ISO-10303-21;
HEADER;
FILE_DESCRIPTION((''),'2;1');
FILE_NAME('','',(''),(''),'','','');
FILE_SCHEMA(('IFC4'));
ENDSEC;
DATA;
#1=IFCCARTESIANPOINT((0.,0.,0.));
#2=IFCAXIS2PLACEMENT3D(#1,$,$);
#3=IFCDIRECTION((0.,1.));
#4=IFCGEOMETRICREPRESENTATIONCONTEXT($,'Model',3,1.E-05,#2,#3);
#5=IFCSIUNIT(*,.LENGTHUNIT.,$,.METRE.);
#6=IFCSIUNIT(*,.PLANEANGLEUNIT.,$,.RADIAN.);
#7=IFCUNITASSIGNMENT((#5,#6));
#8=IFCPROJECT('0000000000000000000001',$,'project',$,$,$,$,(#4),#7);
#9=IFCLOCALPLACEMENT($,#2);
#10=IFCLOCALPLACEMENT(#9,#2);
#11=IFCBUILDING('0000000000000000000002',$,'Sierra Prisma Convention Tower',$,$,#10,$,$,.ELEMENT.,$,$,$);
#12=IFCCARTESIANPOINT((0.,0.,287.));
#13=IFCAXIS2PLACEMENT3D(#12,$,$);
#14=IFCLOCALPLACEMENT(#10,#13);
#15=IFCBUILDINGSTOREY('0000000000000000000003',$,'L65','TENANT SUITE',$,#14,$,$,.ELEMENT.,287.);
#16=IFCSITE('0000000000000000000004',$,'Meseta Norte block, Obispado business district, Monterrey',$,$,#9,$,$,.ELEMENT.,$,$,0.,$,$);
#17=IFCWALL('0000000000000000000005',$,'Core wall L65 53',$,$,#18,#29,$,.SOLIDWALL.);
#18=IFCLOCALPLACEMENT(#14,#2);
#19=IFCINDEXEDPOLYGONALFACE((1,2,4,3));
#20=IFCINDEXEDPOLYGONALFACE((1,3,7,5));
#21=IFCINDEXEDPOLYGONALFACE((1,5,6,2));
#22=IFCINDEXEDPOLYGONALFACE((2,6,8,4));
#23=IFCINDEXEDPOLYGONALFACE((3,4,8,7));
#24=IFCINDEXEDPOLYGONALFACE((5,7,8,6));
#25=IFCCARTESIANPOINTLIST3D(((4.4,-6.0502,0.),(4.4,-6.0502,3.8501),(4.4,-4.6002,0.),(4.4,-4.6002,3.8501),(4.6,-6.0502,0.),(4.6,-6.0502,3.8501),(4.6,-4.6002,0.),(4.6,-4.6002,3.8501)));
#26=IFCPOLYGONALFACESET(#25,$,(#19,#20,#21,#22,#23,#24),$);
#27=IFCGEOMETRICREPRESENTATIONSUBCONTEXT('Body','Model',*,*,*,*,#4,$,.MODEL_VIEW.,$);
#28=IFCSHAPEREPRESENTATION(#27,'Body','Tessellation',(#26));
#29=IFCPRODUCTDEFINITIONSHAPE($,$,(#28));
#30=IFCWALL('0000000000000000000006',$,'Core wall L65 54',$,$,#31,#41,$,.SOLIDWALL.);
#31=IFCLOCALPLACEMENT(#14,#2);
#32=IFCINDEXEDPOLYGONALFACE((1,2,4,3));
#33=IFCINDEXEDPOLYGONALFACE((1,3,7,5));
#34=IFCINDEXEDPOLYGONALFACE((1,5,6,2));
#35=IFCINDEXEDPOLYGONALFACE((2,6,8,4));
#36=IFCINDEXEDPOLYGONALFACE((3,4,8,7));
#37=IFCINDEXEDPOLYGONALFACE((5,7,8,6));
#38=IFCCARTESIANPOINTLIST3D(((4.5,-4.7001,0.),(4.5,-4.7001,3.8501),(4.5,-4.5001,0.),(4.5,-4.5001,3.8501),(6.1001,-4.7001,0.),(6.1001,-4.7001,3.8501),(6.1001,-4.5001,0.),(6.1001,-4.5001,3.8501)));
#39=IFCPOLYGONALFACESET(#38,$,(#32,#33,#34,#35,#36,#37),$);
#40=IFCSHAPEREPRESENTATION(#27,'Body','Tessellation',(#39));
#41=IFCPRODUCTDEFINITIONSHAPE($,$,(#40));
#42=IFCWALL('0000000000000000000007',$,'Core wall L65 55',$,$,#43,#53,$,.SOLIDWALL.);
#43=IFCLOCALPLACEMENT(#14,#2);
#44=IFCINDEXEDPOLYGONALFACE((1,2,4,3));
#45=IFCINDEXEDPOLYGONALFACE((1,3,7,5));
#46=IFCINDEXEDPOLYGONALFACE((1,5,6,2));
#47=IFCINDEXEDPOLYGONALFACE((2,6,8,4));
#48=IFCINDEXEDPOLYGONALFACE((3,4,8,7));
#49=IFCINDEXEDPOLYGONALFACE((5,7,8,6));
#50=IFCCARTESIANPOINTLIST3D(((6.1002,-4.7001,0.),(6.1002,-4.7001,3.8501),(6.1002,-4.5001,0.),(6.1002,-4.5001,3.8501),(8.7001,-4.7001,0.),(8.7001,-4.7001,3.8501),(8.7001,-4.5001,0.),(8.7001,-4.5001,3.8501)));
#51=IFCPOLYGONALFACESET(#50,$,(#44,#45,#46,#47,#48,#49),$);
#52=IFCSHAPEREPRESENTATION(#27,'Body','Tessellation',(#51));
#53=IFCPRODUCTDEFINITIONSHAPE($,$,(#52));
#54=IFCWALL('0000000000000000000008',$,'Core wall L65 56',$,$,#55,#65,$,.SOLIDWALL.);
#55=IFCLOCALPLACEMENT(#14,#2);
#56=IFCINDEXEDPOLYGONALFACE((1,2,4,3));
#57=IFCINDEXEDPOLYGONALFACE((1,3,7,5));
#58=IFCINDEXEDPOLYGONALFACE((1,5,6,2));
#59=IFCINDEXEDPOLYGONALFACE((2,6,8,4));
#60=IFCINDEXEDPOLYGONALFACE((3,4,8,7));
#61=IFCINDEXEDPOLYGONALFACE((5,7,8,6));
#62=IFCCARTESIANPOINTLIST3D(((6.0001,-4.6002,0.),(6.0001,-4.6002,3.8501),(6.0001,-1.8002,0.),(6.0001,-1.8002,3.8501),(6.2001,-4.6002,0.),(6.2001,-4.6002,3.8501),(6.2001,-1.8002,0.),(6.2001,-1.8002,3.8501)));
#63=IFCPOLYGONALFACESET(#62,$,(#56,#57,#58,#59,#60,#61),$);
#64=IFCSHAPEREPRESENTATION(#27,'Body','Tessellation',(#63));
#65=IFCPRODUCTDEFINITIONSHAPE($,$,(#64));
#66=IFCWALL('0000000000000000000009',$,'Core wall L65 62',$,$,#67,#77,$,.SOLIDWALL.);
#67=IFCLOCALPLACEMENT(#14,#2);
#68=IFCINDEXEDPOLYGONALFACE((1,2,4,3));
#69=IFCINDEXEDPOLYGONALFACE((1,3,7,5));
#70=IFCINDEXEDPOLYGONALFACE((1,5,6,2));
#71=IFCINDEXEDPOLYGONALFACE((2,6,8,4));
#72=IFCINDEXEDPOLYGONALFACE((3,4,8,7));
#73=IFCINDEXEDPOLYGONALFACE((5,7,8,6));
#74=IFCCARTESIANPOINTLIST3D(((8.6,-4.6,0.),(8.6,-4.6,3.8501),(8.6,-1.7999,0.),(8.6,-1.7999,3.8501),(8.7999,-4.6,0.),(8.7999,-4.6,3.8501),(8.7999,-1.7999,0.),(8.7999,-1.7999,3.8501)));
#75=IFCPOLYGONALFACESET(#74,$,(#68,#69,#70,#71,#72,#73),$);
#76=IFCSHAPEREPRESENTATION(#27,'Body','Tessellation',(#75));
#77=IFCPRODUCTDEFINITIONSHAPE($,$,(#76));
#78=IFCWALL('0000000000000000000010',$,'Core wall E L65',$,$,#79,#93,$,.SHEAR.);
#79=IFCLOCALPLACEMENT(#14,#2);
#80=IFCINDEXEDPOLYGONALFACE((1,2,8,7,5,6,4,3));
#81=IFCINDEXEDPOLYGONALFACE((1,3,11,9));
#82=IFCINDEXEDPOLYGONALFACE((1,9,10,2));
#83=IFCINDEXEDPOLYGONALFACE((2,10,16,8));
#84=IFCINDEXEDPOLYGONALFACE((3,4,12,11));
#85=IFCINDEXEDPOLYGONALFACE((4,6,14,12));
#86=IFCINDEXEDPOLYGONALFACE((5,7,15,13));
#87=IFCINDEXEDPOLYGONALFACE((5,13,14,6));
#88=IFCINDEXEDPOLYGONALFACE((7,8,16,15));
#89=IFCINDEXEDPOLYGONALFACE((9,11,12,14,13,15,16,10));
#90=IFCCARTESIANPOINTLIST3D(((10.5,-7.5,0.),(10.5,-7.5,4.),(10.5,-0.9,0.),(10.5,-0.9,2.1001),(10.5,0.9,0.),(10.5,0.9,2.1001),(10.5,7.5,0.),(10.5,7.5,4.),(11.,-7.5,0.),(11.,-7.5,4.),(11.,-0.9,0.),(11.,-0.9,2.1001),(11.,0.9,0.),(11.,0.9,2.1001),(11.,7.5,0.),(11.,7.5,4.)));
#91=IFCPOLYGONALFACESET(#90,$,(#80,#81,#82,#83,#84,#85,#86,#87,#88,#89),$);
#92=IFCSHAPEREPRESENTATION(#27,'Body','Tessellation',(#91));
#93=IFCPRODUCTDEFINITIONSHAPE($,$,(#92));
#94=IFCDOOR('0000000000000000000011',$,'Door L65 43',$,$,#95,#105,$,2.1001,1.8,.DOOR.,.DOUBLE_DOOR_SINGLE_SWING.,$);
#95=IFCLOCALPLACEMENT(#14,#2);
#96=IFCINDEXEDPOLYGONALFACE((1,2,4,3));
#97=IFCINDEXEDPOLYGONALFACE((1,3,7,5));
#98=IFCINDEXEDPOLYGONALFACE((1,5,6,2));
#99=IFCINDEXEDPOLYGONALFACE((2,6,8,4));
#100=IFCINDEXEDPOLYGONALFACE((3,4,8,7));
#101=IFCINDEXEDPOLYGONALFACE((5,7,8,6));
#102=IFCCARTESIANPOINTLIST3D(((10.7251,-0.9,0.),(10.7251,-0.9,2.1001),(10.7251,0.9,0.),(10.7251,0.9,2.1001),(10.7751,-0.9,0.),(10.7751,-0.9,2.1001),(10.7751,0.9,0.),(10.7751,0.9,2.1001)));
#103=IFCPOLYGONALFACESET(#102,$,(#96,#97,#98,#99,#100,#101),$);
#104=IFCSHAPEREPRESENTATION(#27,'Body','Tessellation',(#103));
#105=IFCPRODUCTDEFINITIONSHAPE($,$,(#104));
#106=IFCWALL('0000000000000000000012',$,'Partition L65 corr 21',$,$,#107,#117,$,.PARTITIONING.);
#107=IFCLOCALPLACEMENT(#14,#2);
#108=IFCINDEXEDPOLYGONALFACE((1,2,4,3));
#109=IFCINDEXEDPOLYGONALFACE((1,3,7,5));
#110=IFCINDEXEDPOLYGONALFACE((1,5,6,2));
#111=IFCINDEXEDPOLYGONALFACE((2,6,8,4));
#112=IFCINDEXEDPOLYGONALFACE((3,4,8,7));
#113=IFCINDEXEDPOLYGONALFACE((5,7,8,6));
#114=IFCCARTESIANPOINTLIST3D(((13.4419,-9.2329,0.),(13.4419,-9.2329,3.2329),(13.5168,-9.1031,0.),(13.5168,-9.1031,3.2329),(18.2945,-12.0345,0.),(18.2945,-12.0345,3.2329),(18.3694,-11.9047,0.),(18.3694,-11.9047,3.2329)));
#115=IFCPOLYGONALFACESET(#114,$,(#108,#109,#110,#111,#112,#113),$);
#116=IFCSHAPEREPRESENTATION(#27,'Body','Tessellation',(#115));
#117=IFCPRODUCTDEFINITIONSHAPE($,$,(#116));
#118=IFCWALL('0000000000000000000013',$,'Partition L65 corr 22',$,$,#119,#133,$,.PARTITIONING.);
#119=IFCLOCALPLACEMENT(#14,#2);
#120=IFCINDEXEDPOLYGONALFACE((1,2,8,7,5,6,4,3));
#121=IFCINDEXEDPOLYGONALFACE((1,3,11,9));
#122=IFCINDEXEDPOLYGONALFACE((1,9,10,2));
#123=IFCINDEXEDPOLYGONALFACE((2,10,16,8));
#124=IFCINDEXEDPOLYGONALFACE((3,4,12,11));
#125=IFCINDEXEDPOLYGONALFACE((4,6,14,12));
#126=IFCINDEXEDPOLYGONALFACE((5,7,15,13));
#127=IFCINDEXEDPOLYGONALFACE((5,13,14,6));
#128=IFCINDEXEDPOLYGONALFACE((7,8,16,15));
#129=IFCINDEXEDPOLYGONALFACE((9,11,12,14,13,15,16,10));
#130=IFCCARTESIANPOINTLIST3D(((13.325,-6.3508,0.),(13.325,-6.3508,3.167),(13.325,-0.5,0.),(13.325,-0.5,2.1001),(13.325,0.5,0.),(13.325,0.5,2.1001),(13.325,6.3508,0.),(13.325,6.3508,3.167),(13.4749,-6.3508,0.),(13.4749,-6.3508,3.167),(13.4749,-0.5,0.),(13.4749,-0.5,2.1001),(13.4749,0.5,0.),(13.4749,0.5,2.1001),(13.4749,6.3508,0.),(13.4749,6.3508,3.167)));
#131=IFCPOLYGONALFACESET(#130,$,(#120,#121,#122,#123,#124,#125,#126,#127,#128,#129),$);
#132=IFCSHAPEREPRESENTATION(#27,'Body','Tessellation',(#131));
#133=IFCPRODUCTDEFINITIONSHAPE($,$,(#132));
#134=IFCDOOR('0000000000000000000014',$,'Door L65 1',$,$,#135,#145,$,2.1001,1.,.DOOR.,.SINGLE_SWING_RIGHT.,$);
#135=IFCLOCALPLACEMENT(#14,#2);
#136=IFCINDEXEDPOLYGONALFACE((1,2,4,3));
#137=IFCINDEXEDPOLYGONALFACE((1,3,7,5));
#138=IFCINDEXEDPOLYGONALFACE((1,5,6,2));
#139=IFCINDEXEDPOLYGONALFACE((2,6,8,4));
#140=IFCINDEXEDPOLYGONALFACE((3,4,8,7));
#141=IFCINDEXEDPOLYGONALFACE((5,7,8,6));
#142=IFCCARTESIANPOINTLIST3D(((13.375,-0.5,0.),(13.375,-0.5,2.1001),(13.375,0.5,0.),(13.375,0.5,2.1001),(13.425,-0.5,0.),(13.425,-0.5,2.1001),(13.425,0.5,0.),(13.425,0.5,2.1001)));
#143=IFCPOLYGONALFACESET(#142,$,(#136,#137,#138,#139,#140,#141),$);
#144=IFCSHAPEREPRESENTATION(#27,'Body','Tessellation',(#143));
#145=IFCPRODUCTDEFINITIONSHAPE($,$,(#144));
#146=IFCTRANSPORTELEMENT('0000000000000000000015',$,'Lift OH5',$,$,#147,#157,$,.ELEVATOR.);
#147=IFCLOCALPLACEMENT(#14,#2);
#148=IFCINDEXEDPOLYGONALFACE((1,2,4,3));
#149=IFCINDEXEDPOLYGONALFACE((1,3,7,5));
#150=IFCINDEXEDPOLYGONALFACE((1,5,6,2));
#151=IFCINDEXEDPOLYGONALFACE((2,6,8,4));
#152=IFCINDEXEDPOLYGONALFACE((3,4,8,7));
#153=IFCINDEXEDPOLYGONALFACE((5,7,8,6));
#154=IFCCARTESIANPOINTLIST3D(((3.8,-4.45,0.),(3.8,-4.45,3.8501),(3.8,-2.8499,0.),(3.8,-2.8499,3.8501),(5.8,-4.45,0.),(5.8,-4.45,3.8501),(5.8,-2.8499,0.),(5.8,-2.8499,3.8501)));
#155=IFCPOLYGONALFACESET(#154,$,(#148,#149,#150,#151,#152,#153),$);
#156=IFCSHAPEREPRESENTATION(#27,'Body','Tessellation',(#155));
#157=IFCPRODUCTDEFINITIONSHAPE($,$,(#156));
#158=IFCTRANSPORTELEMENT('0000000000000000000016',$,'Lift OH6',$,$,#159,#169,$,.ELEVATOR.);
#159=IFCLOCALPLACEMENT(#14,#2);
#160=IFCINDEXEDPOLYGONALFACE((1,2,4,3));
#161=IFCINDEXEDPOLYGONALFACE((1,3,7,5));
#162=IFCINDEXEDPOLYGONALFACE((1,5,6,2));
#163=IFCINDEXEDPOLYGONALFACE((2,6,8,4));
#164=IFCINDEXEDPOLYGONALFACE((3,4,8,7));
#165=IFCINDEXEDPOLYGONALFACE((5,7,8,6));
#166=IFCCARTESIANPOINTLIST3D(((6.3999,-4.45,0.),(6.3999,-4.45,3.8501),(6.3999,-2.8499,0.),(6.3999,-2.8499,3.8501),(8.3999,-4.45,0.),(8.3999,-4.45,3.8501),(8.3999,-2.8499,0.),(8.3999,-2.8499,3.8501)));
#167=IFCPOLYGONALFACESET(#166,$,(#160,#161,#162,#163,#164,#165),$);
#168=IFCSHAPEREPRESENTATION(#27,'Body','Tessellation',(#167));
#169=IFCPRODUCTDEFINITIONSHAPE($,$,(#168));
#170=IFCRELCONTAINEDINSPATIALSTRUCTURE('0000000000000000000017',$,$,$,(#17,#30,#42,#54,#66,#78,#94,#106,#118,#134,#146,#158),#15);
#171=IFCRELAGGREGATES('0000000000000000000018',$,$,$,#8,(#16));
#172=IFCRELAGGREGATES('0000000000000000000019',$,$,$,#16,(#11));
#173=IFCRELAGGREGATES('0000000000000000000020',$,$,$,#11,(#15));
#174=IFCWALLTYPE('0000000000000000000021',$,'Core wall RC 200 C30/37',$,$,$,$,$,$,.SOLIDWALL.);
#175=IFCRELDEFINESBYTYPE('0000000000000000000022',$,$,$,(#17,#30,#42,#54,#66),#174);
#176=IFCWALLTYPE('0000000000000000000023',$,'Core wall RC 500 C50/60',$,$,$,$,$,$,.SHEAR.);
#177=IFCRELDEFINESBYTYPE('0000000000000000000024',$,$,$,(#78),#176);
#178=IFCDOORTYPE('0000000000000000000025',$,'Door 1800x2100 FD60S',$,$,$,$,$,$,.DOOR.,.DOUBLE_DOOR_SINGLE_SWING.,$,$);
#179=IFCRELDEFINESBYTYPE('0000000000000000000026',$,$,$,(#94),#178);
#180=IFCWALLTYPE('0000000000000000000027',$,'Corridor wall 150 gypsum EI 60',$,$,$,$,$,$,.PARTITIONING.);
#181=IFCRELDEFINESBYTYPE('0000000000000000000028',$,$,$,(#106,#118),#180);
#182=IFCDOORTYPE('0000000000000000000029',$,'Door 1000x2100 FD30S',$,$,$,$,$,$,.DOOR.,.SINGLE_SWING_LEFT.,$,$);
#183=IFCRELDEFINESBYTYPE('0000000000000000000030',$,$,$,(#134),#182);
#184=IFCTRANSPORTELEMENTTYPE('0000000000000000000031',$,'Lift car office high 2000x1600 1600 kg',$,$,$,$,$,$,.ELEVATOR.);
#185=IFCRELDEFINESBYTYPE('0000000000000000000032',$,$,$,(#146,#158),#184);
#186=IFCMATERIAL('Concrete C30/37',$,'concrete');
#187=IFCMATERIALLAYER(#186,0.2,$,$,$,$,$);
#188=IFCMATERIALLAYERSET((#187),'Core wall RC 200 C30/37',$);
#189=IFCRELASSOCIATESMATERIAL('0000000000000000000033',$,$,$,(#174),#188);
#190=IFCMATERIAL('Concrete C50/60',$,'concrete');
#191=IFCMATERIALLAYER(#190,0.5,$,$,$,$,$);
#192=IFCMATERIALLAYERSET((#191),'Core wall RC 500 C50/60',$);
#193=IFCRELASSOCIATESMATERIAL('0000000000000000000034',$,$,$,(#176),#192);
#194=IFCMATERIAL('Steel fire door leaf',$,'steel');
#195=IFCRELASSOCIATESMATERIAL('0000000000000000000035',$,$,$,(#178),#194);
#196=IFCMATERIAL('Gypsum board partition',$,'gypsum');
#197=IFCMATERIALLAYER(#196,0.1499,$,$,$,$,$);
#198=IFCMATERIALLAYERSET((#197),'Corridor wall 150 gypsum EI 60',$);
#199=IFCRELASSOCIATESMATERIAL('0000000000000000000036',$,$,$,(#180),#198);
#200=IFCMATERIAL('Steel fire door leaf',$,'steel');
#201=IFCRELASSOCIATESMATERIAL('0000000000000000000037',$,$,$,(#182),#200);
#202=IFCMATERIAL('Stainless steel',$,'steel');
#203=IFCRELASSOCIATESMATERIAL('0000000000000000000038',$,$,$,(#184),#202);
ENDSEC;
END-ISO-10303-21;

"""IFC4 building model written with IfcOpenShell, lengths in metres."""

from ifc_helpers import new_model, si_unit, direction, frame, frame_2d, origin, origin_2d, place, context, subcontext, project, spatial, rectangle, extrude, material, layer, layer_set, type_object, element, fill, save


model = new_model("IFC4")

# Units and contexts
model_context = context("Model", 3, precision=1e-05, world=origin(), true_north=direction((0.0, 1.0)))
body_context = subcontext(model_context, "Body", "Model", "MODEL_VIEW")
ifc_project = project(units=[si_unit("LENGTHUNIT", "METRE"), si_unit("PLANEANGLEUNIT", "RADIAN")], contexts=[model_context])

# Site, building, storey
site_placement = place(None, origin())
site = spatial("IfcSite", under=ifc_project, at=site_placement, Name="Meseta Norte block, Obispado business district, Monterrey", CompositionType="ELEMENT", RefElevation=0.0)
building_placement = place(site_placement, origin())
building = spatial("IfcBuilding", under=site, at=building_placement, Name="Sierra Prisma Convention Tower", CompositionType="ELEMENT")
storey_placement = place(building_placement, frame((0.0, 0.0, 287.0)))
storey = spatial("IfcBuildingStorey", under=building, at=storey_placement, Name="L65", Description="TENANT SUITE", CompositionType="ELEMENT", Elevation=287.0)

# Walls
ifc_material_1 = material(Name="Concrete C30/37", Category="concrete")
ifc_layer_1 = layer(ifc_material_1, 0.2)
ifc_layer_set_1 = layer_set([ifc_layer_1], Name="Core wall RC 200 C30/37")
wall_type_1 = type_object("IfcWallType", Name="Core wall RC 200 C30/37", PredefinedType="SOLIDWALL", material=ifc_layer_set_1)
wall_1_placement = place(storey_placement, frame((4.5, -4.6001, 0.0), z_axis=(0.0, 0.0, 1.0), x_axis=(0.0, -1.0, 0.0)))
element("IfcWall", 1, at=wall_1_placement, inside=storey, type_object=wall_type_1, Name="Core wall L65 53", PredefinedType="SOLIDWALL", context=body_context, shape_type="SweptSolid", body=[
    extrude(rectangle(XDim=1.45, YDim=0.2, at=frame_2d((0.7251, 0.0))), origin(), (0.0, 0.0, 1.0), 3.8501),
])
wall_2_placement = place(storey_placement, frame((6.1001, -4.6001, 0.0), z_axis=(0.0, 0.0, 1.0), x_axis=(-1.0, 0.0, 0.0)))
element("IfcWall", 2, at=wall_2_placement, inside=storey, type_object=wall_type_1, Name="Core wall L65 54", PredefinedType="SOLIDWALL", context=body_context, shape_type="SweptSolid", body=[
    extrude(rectangle(XDim=1.6001, YDim=0.2, at=frame_2d((0.8, 0.0))), origin(), (0.0, 0.0, 1.0), 3.8501),
])
wall_3_placement = place(storey_placement, frame((8.7, -4.6001, 0.0), z_axis=(0.0, 0.0, 1.0), x_axis=(-1.0, 0.0, 0.0)))
element("IfcWall", 3, at=wall_3_placement, inside=storey, type_object=wall_type_1, Name="Core wall L65 55", PredefinedType="SOLIDWALL", context=body_context, shape_type="SweptSolid", body=[
    extrude(rectangle(XDim=2.5999, YDim=0.2, at=frame_2d((1.2998, 0.0))), origin(), (0.0, 0.0, 1.0), 3.8501),
])
wall_4_placement = place(storey_placement, frame((6.1001, -4.6001, 0.0), z_axis=(0.0, 0.0, 1.0), x_axis=(0.0, 1.0, 0.0)))
element("IfcWall", 4, at=wall_4_placement, inside=storey, type_object=wall_type_1, Name="Core wall L65 56", PredefinedType="SOLIDWALL", context=body_context, shape_type="SweptSolid", body=[
    extrude(rectangle(XDim=2.8, YDim=0.2, at=frame_2d((1.3999, 0.0))), origin(), (0.0, 0.0, 1.0), 3.8501),
])

# Wall
wall_5_placement = place(storey_placement, frame((8.7, -1.8, 0.0), z_axis=(0.0, 0.0, 1.0), x_axis=(0.0, -1.0, 0.0)))
element("IfcWall", 5, at=wall_5_placement, inside=storey, type_object=wall_type_1, Name="Core wall L65 62", PredefinedType="SOLIDWALL", context=body_context, shape_type="SweptSolid", body=[
    extrude(rectangle(XDim=2.8, YDim=0.2, at=frame_2d((1.3999, 0.0))), origin(), (0.0, 0.0, 1.0), 3.8501),
])

# Wall, opening, door
ifc_material_2 = material(Name="Concrete C50/60", Category="concrete")
ifc_layer_2 = layer(ifc_material_2, 0.5)
ifc_layer_set_2 = layer_set([ifc_layer_2], Name="Core wall RC 500 C50/60")
wall_type_2 = type_object("IfcWallType", Name="Core wall RC 500 C50/60", PredefinedType="SHEAR", material=ifc_layer_set_2)
wall_6_placement = place(storey_placement, frame((10.75, -7.5, 0.0), z_axis=(0.0, 0.0, 1.0), x_axis=(0.0, 1.0, 0.0)))
wall_6 = element("IfcWall", 6, at=wall_6_placement, inside=storey, type_object=wall_type_2, Name="Core wall E L65", PredefinedType="SHEAR", context=body_context, shape_type="SweptSolid", body=[
    extrude(rectangle(XDim=15.0, YDim=0.5, at=frame_2d((7.5, 0.0))), origin(), (0.0, 0.0, 1.0), 4.0),
])
opening_1_placement = place(wall_6_placement, frame((6.6001, 0.0, 0.0)))
opening_1 = element("IfcOpeningElement", 7, at=opening_1_placement, cuts=wall_6, PredefinedType="OPENING", context=body_context, shape_type="SweptSolid", body=[
    extrude(rectangle(XDim=1.8, YDim=2.1001, at=frame_2d((0.8999, 1.05))), frame((0.0, 0.25, 0.0), z_axis=(0.0, -1.0, 0.0), x_axis=(1.0, 0.0, 0.0)), (0.0, 0.0, 1.0), 0.5),
])
ifc_material_3 = material(Name="Steel fire door leaf", Category="steel")
door_type_1 = type_object("IfcDoorType", Name="Door 1800x2100 FD60S", OperationType="DOUBLE_DOOR_SINGLE_SWING", PredefinedType="DOOR", material=ifc_material_3)
door_1_placement = place(opening_1_placement, origin())
door_1 = element("IfcDoor", 8, at=door_1_placement, inside=storey, type_object=door_type_1, Name="Door L65 43", OperationType="DOUBLE_DOOR_SINGLE_SWING", OverallHeight=2.1001, OverallWidth=1.8, PredefinedType="DOOR", context=body_context, shape_type="SweptSolid", body=[
    extrude(rectangle(XDim=1.8, YDim=2.1001, at=frame_2d((0.8999, 1.05))), frame((0.0, 0.0249, 0.0), z_axis=(0.0, -1.0, 0.0), x_axis=(1.0, 0.0, 0.0)), (0.0, 0.0, 1.0), 0.05),
])
fill(opening_1, door_1)

# Wall
ifc_material_4 = material(Name="Gypsum board partition", Category="gypsum")
ifc_layer_3 = layer(ifc_material_4, 0.1499)
ifc_layer_set_3 = layer_set([ifc_layer_3], Name="Corridor wall 150 gypsum EI 60")
wall_type_3 = type_object("IfcWallType", Name="Corridor wall 150 gypsum EI 60", PredefinedType="PARTITIONING", material=ifc_layer_set_3)
wall_7_placement = place(storey_placement, frame((13.4792, -9.168, 0.0), z_axis=(0.0, 0.0, 1.0), x_axis=(0.866033, -0.499986, 0.0)))
element("IfcWall", 9, at=wall_7_placement, inside=storey, type_object=wall_type_3, Name="Partition L65 corr 21", PredefinedType="PARTITIONING", context=body_context, shape_type="SweptSolid", body=[
    extrude(rectangle(XDim=5.6033, YDim=0.1499, at=frame_2d((2.8018, 0.0))), origin(), (0.0, 0.0, 1.0), 3.2329),
])

# Wall, opening, door
wall_8_placement = place(storey_placement, frame((13.3999, -6.3508, 0.0), z_axis=(0.0, 0.0, 1.0), x_axis=(0.0, 1.0, 0.0)))
wall_8 = element("IfcWall", 10, at=wall_8_placement, inside=storey, type_object=wall_type_3, Name="Partition L65 corr 22", PredefinedType="PARTITIONING", context=body_context, shape_type="SweptSolid", body=[
    extrude(rectangle(XDim=12.7017, YDim=0.1499, at=frame_2d((6.3508, 0.0))), origin(), (0.0, 0.0, 1.0), 3.167),
])
opening_2_placement = place(wall_8_placement, frame((5.8508, 0.0, 0.0)))
opening_2 = element("IfcOpeningElement", 11, at=opening_2_placement, cuts=wall_8, PredefinedType="OPENING", context=body_context, shape_type="SweptSolid", body=[
    extrude(rectangle(XDim=1.0, YDim=2.1001, at=frame_2d((0.5, 1.05))), frame((0.0, 0.075, 0.0), z_axis=(0.0, -1.0, 0.0), x_axis=(1.0, 0.0, 0.0)), (0.0, 0.0, 1.0), 0.1499),
])
ifc_material_5 = material(Name="Steel fire door leaf", Category="steel")
door_type_2 = type_object("IfcDoorType", Name="Door 1000x2100 FD30S", OperationType="SINGLE_SWING_LEFT", PredefinedType="DOOR", material=ifc_material_5)
door_2_placement = place(opening_2_placement, origin())
door_2 = element("IfcDoor", 12, at=door_2_placement, inside=storey, type_object=door_type_2, Name="Door L65 1", OperationType="SINGLE_SWING_RIGHT", OverallHeight=2.1001, OverallWidth=1.0, PredefinedType="DOOR", context=body_context, shape_type="SweptSolid", body=[
    extrude(rectangle(XDim=1.0, YDim=2.1001, at=frame_2d((0.5, 1.05))), frame((0.0, 0.0249, 0.0), z_axis=(0.0, -1.0, 0.0), x_axis=(1.0, 0.0, 0.0)), (0.0, 0.0, 1.0), 0.05),
])
fill(opening_2, door_2)

# Transport elements
ifc_material_6 = material(Name="Stainless steel", Category="steel")
transport_element_type = type_object("IfcTransportElementType", Name="Lift car office high 2000x1600 1600 kg", PredefinedType="ELEVATOR", material=ifc_material_6)
for number, where, z_axis, x_axis, name in (
    (13, (4.8, -3.6499, 0.0), (0.0, 0.0, 1.0), (1.0, 0.0, 0.0), "Lift OH5"),
    (14, (7.3999, -3.6499, 0.0), (0.0, 0.0, 1.0), (1.0, 0.0, 0.0), "Lift OH6"),
):
    element("IfcTransportElement", number, at=place(storey_placement, frame(where, z_axis=z_axis, x_axis=x_axis)), inside=storey, type_object=transport_element_type, Name=name, PredefinedType="ELEVATOR", context=body_context, shape_type="SweptSolid", body=[
        extrude(rectangle(XDim=2.0, YDim=1.6001, at=origin_2d()), origin(), (0.0, 0.0, 1.0), 3.8501),
    ])

save(model, "model.ifc")
